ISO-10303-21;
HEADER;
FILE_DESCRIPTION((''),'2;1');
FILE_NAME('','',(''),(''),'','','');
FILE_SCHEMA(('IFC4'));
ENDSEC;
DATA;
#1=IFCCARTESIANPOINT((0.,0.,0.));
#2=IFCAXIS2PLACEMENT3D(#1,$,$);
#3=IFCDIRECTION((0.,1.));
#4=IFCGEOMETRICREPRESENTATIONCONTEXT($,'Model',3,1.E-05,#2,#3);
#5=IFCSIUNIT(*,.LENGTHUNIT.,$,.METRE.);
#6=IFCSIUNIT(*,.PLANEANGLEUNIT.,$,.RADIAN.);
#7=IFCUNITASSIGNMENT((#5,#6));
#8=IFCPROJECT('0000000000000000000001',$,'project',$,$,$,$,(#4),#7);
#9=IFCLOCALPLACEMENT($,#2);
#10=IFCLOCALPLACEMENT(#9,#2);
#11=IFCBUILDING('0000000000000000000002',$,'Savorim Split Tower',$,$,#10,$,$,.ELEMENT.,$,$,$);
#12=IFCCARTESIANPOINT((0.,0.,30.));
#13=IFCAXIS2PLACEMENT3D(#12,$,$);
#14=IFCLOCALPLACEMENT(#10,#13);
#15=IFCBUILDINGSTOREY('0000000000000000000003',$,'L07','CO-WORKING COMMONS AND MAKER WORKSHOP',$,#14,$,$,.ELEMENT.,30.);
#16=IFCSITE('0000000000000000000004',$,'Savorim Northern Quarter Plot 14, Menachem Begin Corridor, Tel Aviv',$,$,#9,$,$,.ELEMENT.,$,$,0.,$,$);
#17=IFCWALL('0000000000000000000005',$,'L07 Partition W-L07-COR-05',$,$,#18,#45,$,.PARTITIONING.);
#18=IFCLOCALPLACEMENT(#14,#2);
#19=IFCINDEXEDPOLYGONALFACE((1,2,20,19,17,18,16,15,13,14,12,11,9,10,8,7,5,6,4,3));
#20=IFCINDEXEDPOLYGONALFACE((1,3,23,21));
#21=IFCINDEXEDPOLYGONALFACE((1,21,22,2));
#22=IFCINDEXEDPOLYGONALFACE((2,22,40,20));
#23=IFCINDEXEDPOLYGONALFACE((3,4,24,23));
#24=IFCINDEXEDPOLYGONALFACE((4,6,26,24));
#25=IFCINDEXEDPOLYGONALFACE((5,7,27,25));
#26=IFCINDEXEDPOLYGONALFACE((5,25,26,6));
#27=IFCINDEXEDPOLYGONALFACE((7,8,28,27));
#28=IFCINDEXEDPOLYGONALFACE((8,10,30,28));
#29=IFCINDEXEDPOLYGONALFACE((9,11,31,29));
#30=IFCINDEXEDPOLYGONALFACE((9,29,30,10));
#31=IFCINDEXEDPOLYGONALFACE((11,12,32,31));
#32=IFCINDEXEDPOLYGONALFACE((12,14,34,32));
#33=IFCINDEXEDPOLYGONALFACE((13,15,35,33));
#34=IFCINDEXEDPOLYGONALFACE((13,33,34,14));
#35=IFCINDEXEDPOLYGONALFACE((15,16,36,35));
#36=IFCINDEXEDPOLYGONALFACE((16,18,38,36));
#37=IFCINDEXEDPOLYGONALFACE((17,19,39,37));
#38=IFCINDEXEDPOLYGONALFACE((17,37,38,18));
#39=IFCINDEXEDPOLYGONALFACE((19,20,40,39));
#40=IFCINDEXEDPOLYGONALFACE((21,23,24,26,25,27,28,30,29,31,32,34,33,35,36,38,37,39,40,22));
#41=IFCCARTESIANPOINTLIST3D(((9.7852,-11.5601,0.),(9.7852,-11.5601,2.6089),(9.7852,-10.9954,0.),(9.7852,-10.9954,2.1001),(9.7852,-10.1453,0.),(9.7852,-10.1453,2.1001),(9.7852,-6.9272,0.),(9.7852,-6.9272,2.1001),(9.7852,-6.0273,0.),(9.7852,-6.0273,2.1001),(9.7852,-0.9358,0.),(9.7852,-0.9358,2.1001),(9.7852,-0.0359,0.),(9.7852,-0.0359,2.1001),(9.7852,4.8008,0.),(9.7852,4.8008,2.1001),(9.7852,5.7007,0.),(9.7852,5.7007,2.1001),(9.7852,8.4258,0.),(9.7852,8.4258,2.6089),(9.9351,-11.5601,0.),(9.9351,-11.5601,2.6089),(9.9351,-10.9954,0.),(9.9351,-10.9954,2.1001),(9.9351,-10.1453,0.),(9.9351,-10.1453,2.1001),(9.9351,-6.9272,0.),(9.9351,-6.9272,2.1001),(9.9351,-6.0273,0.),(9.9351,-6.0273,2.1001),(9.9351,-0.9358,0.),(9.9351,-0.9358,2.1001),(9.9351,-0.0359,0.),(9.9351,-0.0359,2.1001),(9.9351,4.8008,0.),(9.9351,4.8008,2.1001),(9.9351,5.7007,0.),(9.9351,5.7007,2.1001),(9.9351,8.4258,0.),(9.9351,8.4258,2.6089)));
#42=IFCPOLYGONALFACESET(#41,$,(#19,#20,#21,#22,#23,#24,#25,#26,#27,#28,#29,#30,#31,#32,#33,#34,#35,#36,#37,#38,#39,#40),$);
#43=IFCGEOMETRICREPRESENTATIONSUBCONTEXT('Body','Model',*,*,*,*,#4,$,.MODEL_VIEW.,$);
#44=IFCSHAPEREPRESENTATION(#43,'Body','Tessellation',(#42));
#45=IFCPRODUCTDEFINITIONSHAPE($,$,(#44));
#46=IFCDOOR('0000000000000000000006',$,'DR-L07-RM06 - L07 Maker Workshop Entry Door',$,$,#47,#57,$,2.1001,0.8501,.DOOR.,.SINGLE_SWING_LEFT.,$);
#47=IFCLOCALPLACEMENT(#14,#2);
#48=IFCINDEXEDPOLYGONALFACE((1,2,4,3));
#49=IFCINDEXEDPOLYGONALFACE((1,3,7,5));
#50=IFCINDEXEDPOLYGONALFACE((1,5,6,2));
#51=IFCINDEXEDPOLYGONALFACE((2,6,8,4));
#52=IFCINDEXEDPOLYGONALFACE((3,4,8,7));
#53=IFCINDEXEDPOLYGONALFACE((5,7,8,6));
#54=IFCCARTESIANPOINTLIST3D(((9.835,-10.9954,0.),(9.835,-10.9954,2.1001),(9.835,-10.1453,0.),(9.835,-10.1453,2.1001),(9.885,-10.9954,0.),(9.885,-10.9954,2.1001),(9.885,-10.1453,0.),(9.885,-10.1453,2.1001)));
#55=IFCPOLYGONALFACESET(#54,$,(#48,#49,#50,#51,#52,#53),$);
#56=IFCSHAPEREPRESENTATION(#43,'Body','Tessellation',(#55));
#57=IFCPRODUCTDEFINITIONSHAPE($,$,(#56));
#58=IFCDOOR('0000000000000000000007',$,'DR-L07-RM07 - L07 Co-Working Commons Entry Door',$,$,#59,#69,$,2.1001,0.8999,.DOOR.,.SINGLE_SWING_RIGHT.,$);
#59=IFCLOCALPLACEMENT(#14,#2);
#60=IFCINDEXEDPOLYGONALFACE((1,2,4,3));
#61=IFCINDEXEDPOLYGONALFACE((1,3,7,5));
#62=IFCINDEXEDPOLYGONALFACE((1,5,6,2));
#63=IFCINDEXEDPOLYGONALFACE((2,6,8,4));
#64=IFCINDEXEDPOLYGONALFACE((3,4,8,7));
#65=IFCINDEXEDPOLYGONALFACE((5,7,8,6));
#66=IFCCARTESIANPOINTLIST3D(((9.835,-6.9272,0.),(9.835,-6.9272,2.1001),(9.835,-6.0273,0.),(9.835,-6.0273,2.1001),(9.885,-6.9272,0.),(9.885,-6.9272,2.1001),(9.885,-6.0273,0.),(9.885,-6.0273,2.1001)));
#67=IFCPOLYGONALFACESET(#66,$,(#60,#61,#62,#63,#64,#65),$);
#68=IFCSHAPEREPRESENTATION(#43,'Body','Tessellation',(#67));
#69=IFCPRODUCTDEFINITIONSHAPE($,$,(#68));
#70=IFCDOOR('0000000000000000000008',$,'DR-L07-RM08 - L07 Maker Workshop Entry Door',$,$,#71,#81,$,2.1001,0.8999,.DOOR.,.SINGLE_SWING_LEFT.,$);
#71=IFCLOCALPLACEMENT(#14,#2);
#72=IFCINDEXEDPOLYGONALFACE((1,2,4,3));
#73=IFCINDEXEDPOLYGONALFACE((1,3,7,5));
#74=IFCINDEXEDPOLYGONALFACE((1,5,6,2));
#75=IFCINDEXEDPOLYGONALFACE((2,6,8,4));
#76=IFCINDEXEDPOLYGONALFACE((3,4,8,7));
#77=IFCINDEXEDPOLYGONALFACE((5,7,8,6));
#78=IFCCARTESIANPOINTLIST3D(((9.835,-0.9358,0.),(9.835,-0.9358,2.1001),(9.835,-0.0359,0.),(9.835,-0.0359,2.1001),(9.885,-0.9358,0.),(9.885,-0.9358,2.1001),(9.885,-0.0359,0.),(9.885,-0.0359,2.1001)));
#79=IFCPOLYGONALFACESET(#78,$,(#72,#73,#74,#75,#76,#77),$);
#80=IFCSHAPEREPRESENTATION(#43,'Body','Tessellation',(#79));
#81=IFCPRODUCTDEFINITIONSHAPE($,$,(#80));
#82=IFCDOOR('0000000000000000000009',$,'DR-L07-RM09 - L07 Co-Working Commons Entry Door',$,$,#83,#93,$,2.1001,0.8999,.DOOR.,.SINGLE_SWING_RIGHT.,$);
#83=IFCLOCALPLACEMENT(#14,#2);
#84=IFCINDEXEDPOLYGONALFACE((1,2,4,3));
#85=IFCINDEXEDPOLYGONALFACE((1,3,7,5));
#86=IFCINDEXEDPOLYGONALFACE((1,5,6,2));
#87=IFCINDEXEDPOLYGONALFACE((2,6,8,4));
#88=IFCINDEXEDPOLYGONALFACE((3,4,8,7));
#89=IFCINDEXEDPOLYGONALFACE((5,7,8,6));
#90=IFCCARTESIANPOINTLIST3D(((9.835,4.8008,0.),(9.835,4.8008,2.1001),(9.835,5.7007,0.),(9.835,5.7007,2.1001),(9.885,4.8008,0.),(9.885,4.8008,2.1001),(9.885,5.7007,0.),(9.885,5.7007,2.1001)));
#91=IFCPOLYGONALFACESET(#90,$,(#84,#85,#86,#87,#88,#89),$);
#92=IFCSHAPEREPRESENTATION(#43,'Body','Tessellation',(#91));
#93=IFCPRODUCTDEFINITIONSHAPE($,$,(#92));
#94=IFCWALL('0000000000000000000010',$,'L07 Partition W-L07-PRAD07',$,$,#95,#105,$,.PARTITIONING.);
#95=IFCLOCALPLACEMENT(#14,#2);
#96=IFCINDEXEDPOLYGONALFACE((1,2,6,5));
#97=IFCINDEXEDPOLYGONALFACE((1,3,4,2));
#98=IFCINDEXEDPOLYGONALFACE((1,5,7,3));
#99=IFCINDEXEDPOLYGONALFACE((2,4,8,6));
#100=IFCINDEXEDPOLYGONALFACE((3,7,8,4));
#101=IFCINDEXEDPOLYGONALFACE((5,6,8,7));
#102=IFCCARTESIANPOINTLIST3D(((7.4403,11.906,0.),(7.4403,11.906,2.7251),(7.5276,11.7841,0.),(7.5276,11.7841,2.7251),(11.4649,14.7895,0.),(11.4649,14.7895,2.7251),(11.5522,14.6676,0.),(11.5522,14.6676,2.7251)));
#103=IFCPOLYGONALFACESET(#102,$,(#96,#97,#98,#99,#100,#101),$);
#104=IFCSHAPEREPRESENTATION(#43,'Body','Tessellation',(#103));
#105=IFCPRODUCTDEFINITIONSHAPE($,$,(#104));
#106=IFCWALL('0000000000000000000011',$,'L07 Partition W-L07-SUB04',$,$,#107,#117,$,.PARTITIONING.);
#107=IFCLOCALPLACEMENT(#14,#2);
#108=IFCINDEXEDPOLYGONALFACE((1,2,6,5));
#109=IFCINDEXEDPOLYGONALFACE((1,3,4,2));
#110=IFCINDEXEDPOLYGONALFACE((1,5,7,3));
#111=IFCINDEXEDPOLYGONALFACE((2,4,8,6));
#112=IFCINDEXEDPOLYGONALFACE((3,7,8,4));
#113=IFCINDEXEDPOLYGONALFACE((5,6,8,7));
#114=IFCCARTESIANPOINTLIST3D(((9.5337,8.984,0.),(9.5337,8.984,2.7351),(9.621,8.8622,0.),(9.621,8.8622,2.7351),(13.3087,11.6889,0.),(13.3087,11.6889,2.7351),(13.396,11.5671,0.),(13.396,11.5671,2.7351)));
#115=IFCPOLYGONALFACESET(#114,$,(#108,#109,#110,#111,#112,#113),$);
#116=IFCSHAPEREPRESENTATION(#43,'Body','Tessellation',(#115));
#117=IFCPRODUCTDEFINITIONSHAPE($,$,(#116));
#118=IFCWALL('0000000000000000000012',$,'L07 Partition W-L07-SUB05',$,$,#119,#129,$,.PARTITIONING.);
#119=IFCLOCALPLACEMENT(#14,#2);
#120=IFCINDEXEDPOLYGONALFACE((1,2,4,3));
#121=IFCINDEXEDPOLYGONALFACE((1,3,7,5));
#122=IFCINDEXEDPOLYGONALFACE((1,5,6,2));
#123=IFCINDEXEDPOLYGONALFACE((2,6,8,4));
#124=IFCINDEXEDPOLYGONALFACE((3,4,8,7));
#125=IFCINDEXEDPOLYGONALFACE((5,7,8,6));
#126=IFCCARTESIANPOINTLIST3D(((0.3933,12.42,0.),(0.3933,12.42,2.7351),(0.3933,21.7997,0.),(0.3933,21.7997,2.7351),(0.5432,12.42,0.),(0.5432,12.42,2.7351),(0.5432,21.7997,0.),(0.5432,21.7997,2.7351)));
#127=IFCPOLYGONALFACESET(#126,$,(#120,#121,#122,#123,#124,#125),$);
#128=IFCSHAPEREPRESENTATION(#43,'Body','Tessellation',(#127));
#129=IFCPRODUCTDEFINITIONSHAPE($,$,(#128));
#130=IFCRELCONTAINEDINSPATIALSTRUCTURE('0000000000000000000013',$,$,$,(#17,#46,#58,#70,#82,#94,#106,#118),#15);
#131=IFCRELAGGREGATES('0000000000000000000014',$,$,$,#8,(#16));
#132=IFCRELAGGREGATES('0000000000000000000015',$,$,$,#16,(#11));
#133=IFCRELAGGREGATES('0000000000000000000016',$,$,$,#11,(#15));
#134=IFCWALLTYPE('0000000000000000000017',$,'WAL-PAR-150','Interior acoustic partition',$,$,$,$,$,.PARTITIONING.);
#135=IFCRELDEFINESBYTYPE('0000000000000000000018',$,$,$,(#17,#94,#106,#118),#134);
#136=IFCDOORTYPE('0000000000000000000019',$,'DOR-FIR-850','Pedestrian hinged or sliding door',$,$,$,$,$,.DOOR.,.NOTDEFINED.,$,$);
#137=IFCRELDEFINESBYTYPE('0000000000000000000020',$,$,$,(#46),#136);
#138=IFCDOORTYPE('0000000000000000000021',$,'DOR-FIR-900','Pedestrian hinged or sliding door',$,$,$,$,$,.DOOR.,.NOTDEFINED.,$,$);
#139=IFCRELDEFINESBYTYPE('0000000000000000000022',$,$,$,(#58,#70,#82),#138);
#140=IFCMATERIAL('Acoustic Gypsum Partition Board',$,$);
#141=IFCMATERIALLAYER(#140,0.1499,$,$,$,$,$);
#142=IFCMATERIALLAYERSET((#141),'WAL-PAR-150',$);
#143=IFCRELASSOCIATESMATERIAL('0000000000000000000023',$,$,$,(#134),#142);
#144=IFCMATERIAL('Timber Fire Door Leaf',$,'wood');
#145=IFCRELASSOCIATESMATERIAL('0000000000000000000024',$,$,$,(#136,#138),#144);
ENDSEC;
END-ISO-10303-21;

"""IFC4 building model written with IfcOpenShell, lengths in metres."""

from ifc_helpers import new_model, si_unit, direction, frame, frame_2d, origin, place, context, subcontext, project, spatial, rectangle, extrude, material, layer, layer_set, type_object, element, fill, save


model = new_model("IFC4")

# Units and contexts
model_context = context("Model", 3, precision=1e-05, world=origin(), true_north=direction((0.0, 1.0)))
body_context = subcontext(model_context, "Body", "Model", "MODEL_VIEW")
ifc_project = project(units=[si_unit("LENGTHUNIT", "METRE"), si_unit("PLANEANGLEUNIT", "RADIAN")], contexts=[model_context])

# Site, building, storey
site_placement = place(None, origin())
site = spatial("IfcSite", under=ifc_project, at=site_placement, Name="Savorim Northern Quarter Plot 14, Menachem Begin Corridor, Tel Aviv", CompositionType="ELEMENT", RefElevation=0.0)
building_placement = place(site_placement, origin())
building = spatial("IfcBuilding", under=site, at=building_placement, Name="Savorim Split Tower", CompositionType="ELEMENT")
storey_placement = place(building_placement, frame((0.0, 0.0, 30.0)))
storey = spatial("IfcBuildingStorey", under=building, at=storey_placement, Name="L07", Description="CO-WORKING COMMONS AND MAKER WORKSHOP", CompositionType="ELEMENT", Elevation=30.0)

# Shared definitions
ifc_material_1 = material(Name="Timber Fire Door Leaf", Category="wood")

# Shared definitions
ifc_material_2 = material(Name="Acoustic Gypsum Partition Board")
ifc_layer_1 = layer(ifc_material_2, 0.1499)
ifc_layer_set_1 = layer_set([ifc_layer_1], Name="WAL-PAR-150")
wall_type_1 = type_object("IfcWallType", Name="WAL-PAR-150", Description="Interior acoustic partition", PredefinedType="PARTITIONING", material=ifc_layer_set_1)
door_type_1 = type_object("IfcDoorType", Name="DOR-FIR-850", Description="Pedestrian hinged or sliding door", OperationType="NOTDEFINED", PredefinedType="DOOR", material=ifc_material_1)

# Wall, openings, doors
wall_1_placement = place(storey_placement, frame((9.8601, 8.4258, 0.0), z_axis=(0.0, 0.0, 1.0), x_axis=(0.0, -1.0, 0.0)))
wall_1 = element("IfcWall", 1, at=wall_1_placement, inside=storey, type_object=wall_type_1, Name="L07 Partition W-L07-COR-05", PredefinedType="PARTITIONING", context=body_context, shape_type="SweptSolid", body=[
    extrude(rectangle(XDim=19.9858, YDim=0.1499, at=frame_2d((9.9929, 0.0))), origin(), (0.0, 0.0, 1.0), 2.6089),
])
opening_1_placement = place(wall_1_placement, frame((18.571, 0.0, 0.0)))
opening_1 = element("IfcOpeningElement", 2, at=opening_1_placement, cuts=wall_1, PredefinedType="OPENING", context=body_context, shape_type="SweptSolid", body=[
    extrude(rectangle(XDim=0.8501, YDim=2.1001, at=frame_2d((0.425, 1.05))), frame((0.0, 0.085, 0.0), z_axis=(0.0, -1.0, 0.0), x_axis=(1.0, 0.0, 0.0)), (0.0, 0.0, 1.0), 0.1699),
])
opening_2_placement = place(wall_1_placement, frame((14.4531, 0.0, 0.0)))
opening_2 = element("IfcOpeningElement", 3, at=opening_2_placement, cuts=wall_1, PredefinedType="OPENING", context=body_context, shape_type="SweptSolid", body=[
    extrude(rectangle(XDim=0.8999, YDim=2.1001, at=frame_2d((0.45, 1.05))), frame((0.0, 0.085, 0.0), z_axis=(0.0, -1.0, 0.0), x_axis=(1.0, 0.0, 0.0)), (0.0, 0.0, 1.0), 0.1699),
])
opening_3_placement = place(wall_1_placement, frame((8.4617, 0.0, 0.0)))
opening_3 = element("IfcOpeningElement", 4, at=opening_3_placement, cuts=wall_1, PredefinedType="OPENING", context=body_context, shape_type="SweptSolid", body=[
    extrude(rectangle(XDim=0.8999, YDim=2.1001, at=frame_2d((0.45, 1.05))), frame((0.0, 0.085, 0.0), z_axis=(0.0, -1.0, 0.0), x_axis=(1.0, 0.0, 0.0)), (0.0, 0.0, 1.0), 0.1699),
])
opening_4_placement = place(wall_1_placement, frame((2.7251, 0.0, 0.0)))
opening_4 = element("IfcOpeningElement", 5, at=opening_4_placement, cuts=wall_1, PredefinedType="OPENING", context=body_context, shape_type="SweptSolid", body=[
    extrude(rectangle(XDim=0.8999, YDim=2.1001, at=frame_2d((0.45, 1.05))), frame((0.0, 0.085, 0.0), z_axis=(0.0, -1.0, 0.0), x_axis=(1.0, 0.0, 0.0)), (0.0, 0.0, 1.0), 0.1699),
])
door_1_placement = place(opening_1_placement, origin())
door_1 = element("IfcDoor", 6, at=door_1_placement, inside=storey, type_object=door_type_1, Name="DR-L07-RM06 - L07 Maker Workshop Entry Door", OperationType="SINGLE_SWING_LEFT", OverallHeight=2.1001, OverallWidth=0.8501, PredefinedType="DOOR", context=body_context, shape_type="SweptSolid", body=[
    extrude(rectangle(XDim=0.8501, YDim=2.1001, at=frame_2d((0.425, 1.05))), frame((0.0, 0.0249, 0.0), z_axis=(0.0, -1.0, 0.0), x_axis=(1.0, 0.0, 0.0)), (0.0, 0.0, 1.0), 0.05),
])
fill(opening_1, door_1)
door_type_2 = type_object("IfcDoorType", Name="DOR-FIR-900", Description="Pedestrian hinged or sliding door", OperationType="NOTDEFINED", PredefinedType="DOOR", material=ifc_material_1)
door_2_placement = place(opening_2_placement, origin())
door_2 = element("IfcDoor", 7, at=door_2_placement, inside=storey, type_object=door_type_2, Name="DR-L07-RM07 - L07 Co-Working Commons Entry Door", OperationType="SINGLE_SWING_RIGHT", OverallHeight=2.1001, OverallWidth=0.8999, PredefinedType="DOOR", context=body_context, shape_type="SweptSolid", body=[
    extrude(rectangle(XDim=0.8999, YDim=2.1001, at=frame_2d((0.45, 1.05))), frame((0.0, 0.0249, 0.0), z_axis=(0.0, -1.0, 0.0), x_axis=(1.0, 0.0, 0.0)), (0.0, 0.0, 1.0), 0.05),
])
fill(opening_2, door_2)
door_3_placement = place(opening_3_placement, origin())
door_3 = element("IfcDoor", 8, at=door_3_placement, inside=storey, type_object=door_type_2, Name="DR-L07-RM08 - L07 Maker Workshop Entry Door", OperationType="SINGLE_SWING_LEFT", OverallHeight=2.1001, OverallWidth=0.8999, PredefinedType="DOOR", context=body_context, shape_type="SweptSolid", body=[
    extrude(rectangle(XDim=0.8999, YDim=2.1001, at=frame_2d((0.45, 1.05))), frame((0.0, 0.0249, 0.0), z_axis=(0.0, -1.0, 0.0), x_axis=(1.0, 0.0, 0.0)), (0.0, 0.0, 1.0), 0.05),
])
fill(opening_3, door_3)
door_4_placement = place(opening_4_placement, origin())
door_4 = element("IfcDoor", 9, at=door_4_placement, inside=storey, type_object=door_type_2, Name="DR-L07-RM09 - L07 Co-Working Commons Entry Door", OperationType="SINGLE_SWING_RIGHT", OverallHeight=2.1001, OverallWidth=0.8999, PredefinedType="DOOR", context=body_context, shape_type="SweptSolid", body=[
    extrude(rectangle(XDim=0.8999, YDim=2.1001, at=frame_2d((0.45, 1.05))), frame((0.0, 0.0249, 0.0), z_axis=(0.0, -1.0, 0.0), x_axis=(1.0, 0.0, 0.0)), (0.0, 0.0, 1.0), 0.05),
])
fill(opening_4, door_4)

# Walls
wall_2_placement = place(storey_placement, frame((7.4839, 11.845, 0.0), z_axis=(0.0, 0.0, 1.0), x_axis=(0.812893, 0.582413, 0.0)))
element("IfcWall", 10, at=wall_2_placement, inside=storey, type_object=wall_type_1, Name="L07 Partition W-L07-PRAD07", PredefinedType="PARTITIONING", context=body_context, shape_type="SweptSolid", body=[
    extrude(rectangle(XDim=4.9509, YDim=0.1499, at=frame_2d((2.4756, 0.0))), origin(), (0.0, 0.0, 1.0), 2.7251),
])
wall_3_placement = place(storey_placement, frame((9.5774, 8.9231, 0.0), z_axis=(0.0, 0.0, 1.0), x_axis=(0.812869, 0.582446, 0.0)))
element("IfcWall", 11, at=wall_3_placement, inside=storey, type_object=wall_type_1, Name="L07 Partition W-L07-SUB04", PredefinedType="PARTITIONING", context=body_context, shape_type="SweptSolid", body=[
    extrude(rectangle(XDim=4.644, YDim=0.1499, at=frame_2d((2.322, 0.0))), origin(), (0.0, 0.0, 1.0), 2.7351),
])
wall_4_placement = place(storey_placement, frame((0.4683, 12.4199, 0.0), z_axis=(0.0, 0.0, 1.0), x_axis=(0.0, 1.0, 0.0)))
element("IfcWall", 12, at=wall_4_placement, inside=storey, type_object=wall_type_1, Name="L07 Partition W-L07-SUB05", PredefinedType="PARTITIONING", context=body_context, shape_type="SweptSolid", body=[
    extrude(rectangle(XDim=9.3796, YDim=0.1499, at=frame_2d((4.6899, 0.0))), origin(), (0.0, 0.0, 1.0), 2.7351),
])

save(model, "model.ifc")
